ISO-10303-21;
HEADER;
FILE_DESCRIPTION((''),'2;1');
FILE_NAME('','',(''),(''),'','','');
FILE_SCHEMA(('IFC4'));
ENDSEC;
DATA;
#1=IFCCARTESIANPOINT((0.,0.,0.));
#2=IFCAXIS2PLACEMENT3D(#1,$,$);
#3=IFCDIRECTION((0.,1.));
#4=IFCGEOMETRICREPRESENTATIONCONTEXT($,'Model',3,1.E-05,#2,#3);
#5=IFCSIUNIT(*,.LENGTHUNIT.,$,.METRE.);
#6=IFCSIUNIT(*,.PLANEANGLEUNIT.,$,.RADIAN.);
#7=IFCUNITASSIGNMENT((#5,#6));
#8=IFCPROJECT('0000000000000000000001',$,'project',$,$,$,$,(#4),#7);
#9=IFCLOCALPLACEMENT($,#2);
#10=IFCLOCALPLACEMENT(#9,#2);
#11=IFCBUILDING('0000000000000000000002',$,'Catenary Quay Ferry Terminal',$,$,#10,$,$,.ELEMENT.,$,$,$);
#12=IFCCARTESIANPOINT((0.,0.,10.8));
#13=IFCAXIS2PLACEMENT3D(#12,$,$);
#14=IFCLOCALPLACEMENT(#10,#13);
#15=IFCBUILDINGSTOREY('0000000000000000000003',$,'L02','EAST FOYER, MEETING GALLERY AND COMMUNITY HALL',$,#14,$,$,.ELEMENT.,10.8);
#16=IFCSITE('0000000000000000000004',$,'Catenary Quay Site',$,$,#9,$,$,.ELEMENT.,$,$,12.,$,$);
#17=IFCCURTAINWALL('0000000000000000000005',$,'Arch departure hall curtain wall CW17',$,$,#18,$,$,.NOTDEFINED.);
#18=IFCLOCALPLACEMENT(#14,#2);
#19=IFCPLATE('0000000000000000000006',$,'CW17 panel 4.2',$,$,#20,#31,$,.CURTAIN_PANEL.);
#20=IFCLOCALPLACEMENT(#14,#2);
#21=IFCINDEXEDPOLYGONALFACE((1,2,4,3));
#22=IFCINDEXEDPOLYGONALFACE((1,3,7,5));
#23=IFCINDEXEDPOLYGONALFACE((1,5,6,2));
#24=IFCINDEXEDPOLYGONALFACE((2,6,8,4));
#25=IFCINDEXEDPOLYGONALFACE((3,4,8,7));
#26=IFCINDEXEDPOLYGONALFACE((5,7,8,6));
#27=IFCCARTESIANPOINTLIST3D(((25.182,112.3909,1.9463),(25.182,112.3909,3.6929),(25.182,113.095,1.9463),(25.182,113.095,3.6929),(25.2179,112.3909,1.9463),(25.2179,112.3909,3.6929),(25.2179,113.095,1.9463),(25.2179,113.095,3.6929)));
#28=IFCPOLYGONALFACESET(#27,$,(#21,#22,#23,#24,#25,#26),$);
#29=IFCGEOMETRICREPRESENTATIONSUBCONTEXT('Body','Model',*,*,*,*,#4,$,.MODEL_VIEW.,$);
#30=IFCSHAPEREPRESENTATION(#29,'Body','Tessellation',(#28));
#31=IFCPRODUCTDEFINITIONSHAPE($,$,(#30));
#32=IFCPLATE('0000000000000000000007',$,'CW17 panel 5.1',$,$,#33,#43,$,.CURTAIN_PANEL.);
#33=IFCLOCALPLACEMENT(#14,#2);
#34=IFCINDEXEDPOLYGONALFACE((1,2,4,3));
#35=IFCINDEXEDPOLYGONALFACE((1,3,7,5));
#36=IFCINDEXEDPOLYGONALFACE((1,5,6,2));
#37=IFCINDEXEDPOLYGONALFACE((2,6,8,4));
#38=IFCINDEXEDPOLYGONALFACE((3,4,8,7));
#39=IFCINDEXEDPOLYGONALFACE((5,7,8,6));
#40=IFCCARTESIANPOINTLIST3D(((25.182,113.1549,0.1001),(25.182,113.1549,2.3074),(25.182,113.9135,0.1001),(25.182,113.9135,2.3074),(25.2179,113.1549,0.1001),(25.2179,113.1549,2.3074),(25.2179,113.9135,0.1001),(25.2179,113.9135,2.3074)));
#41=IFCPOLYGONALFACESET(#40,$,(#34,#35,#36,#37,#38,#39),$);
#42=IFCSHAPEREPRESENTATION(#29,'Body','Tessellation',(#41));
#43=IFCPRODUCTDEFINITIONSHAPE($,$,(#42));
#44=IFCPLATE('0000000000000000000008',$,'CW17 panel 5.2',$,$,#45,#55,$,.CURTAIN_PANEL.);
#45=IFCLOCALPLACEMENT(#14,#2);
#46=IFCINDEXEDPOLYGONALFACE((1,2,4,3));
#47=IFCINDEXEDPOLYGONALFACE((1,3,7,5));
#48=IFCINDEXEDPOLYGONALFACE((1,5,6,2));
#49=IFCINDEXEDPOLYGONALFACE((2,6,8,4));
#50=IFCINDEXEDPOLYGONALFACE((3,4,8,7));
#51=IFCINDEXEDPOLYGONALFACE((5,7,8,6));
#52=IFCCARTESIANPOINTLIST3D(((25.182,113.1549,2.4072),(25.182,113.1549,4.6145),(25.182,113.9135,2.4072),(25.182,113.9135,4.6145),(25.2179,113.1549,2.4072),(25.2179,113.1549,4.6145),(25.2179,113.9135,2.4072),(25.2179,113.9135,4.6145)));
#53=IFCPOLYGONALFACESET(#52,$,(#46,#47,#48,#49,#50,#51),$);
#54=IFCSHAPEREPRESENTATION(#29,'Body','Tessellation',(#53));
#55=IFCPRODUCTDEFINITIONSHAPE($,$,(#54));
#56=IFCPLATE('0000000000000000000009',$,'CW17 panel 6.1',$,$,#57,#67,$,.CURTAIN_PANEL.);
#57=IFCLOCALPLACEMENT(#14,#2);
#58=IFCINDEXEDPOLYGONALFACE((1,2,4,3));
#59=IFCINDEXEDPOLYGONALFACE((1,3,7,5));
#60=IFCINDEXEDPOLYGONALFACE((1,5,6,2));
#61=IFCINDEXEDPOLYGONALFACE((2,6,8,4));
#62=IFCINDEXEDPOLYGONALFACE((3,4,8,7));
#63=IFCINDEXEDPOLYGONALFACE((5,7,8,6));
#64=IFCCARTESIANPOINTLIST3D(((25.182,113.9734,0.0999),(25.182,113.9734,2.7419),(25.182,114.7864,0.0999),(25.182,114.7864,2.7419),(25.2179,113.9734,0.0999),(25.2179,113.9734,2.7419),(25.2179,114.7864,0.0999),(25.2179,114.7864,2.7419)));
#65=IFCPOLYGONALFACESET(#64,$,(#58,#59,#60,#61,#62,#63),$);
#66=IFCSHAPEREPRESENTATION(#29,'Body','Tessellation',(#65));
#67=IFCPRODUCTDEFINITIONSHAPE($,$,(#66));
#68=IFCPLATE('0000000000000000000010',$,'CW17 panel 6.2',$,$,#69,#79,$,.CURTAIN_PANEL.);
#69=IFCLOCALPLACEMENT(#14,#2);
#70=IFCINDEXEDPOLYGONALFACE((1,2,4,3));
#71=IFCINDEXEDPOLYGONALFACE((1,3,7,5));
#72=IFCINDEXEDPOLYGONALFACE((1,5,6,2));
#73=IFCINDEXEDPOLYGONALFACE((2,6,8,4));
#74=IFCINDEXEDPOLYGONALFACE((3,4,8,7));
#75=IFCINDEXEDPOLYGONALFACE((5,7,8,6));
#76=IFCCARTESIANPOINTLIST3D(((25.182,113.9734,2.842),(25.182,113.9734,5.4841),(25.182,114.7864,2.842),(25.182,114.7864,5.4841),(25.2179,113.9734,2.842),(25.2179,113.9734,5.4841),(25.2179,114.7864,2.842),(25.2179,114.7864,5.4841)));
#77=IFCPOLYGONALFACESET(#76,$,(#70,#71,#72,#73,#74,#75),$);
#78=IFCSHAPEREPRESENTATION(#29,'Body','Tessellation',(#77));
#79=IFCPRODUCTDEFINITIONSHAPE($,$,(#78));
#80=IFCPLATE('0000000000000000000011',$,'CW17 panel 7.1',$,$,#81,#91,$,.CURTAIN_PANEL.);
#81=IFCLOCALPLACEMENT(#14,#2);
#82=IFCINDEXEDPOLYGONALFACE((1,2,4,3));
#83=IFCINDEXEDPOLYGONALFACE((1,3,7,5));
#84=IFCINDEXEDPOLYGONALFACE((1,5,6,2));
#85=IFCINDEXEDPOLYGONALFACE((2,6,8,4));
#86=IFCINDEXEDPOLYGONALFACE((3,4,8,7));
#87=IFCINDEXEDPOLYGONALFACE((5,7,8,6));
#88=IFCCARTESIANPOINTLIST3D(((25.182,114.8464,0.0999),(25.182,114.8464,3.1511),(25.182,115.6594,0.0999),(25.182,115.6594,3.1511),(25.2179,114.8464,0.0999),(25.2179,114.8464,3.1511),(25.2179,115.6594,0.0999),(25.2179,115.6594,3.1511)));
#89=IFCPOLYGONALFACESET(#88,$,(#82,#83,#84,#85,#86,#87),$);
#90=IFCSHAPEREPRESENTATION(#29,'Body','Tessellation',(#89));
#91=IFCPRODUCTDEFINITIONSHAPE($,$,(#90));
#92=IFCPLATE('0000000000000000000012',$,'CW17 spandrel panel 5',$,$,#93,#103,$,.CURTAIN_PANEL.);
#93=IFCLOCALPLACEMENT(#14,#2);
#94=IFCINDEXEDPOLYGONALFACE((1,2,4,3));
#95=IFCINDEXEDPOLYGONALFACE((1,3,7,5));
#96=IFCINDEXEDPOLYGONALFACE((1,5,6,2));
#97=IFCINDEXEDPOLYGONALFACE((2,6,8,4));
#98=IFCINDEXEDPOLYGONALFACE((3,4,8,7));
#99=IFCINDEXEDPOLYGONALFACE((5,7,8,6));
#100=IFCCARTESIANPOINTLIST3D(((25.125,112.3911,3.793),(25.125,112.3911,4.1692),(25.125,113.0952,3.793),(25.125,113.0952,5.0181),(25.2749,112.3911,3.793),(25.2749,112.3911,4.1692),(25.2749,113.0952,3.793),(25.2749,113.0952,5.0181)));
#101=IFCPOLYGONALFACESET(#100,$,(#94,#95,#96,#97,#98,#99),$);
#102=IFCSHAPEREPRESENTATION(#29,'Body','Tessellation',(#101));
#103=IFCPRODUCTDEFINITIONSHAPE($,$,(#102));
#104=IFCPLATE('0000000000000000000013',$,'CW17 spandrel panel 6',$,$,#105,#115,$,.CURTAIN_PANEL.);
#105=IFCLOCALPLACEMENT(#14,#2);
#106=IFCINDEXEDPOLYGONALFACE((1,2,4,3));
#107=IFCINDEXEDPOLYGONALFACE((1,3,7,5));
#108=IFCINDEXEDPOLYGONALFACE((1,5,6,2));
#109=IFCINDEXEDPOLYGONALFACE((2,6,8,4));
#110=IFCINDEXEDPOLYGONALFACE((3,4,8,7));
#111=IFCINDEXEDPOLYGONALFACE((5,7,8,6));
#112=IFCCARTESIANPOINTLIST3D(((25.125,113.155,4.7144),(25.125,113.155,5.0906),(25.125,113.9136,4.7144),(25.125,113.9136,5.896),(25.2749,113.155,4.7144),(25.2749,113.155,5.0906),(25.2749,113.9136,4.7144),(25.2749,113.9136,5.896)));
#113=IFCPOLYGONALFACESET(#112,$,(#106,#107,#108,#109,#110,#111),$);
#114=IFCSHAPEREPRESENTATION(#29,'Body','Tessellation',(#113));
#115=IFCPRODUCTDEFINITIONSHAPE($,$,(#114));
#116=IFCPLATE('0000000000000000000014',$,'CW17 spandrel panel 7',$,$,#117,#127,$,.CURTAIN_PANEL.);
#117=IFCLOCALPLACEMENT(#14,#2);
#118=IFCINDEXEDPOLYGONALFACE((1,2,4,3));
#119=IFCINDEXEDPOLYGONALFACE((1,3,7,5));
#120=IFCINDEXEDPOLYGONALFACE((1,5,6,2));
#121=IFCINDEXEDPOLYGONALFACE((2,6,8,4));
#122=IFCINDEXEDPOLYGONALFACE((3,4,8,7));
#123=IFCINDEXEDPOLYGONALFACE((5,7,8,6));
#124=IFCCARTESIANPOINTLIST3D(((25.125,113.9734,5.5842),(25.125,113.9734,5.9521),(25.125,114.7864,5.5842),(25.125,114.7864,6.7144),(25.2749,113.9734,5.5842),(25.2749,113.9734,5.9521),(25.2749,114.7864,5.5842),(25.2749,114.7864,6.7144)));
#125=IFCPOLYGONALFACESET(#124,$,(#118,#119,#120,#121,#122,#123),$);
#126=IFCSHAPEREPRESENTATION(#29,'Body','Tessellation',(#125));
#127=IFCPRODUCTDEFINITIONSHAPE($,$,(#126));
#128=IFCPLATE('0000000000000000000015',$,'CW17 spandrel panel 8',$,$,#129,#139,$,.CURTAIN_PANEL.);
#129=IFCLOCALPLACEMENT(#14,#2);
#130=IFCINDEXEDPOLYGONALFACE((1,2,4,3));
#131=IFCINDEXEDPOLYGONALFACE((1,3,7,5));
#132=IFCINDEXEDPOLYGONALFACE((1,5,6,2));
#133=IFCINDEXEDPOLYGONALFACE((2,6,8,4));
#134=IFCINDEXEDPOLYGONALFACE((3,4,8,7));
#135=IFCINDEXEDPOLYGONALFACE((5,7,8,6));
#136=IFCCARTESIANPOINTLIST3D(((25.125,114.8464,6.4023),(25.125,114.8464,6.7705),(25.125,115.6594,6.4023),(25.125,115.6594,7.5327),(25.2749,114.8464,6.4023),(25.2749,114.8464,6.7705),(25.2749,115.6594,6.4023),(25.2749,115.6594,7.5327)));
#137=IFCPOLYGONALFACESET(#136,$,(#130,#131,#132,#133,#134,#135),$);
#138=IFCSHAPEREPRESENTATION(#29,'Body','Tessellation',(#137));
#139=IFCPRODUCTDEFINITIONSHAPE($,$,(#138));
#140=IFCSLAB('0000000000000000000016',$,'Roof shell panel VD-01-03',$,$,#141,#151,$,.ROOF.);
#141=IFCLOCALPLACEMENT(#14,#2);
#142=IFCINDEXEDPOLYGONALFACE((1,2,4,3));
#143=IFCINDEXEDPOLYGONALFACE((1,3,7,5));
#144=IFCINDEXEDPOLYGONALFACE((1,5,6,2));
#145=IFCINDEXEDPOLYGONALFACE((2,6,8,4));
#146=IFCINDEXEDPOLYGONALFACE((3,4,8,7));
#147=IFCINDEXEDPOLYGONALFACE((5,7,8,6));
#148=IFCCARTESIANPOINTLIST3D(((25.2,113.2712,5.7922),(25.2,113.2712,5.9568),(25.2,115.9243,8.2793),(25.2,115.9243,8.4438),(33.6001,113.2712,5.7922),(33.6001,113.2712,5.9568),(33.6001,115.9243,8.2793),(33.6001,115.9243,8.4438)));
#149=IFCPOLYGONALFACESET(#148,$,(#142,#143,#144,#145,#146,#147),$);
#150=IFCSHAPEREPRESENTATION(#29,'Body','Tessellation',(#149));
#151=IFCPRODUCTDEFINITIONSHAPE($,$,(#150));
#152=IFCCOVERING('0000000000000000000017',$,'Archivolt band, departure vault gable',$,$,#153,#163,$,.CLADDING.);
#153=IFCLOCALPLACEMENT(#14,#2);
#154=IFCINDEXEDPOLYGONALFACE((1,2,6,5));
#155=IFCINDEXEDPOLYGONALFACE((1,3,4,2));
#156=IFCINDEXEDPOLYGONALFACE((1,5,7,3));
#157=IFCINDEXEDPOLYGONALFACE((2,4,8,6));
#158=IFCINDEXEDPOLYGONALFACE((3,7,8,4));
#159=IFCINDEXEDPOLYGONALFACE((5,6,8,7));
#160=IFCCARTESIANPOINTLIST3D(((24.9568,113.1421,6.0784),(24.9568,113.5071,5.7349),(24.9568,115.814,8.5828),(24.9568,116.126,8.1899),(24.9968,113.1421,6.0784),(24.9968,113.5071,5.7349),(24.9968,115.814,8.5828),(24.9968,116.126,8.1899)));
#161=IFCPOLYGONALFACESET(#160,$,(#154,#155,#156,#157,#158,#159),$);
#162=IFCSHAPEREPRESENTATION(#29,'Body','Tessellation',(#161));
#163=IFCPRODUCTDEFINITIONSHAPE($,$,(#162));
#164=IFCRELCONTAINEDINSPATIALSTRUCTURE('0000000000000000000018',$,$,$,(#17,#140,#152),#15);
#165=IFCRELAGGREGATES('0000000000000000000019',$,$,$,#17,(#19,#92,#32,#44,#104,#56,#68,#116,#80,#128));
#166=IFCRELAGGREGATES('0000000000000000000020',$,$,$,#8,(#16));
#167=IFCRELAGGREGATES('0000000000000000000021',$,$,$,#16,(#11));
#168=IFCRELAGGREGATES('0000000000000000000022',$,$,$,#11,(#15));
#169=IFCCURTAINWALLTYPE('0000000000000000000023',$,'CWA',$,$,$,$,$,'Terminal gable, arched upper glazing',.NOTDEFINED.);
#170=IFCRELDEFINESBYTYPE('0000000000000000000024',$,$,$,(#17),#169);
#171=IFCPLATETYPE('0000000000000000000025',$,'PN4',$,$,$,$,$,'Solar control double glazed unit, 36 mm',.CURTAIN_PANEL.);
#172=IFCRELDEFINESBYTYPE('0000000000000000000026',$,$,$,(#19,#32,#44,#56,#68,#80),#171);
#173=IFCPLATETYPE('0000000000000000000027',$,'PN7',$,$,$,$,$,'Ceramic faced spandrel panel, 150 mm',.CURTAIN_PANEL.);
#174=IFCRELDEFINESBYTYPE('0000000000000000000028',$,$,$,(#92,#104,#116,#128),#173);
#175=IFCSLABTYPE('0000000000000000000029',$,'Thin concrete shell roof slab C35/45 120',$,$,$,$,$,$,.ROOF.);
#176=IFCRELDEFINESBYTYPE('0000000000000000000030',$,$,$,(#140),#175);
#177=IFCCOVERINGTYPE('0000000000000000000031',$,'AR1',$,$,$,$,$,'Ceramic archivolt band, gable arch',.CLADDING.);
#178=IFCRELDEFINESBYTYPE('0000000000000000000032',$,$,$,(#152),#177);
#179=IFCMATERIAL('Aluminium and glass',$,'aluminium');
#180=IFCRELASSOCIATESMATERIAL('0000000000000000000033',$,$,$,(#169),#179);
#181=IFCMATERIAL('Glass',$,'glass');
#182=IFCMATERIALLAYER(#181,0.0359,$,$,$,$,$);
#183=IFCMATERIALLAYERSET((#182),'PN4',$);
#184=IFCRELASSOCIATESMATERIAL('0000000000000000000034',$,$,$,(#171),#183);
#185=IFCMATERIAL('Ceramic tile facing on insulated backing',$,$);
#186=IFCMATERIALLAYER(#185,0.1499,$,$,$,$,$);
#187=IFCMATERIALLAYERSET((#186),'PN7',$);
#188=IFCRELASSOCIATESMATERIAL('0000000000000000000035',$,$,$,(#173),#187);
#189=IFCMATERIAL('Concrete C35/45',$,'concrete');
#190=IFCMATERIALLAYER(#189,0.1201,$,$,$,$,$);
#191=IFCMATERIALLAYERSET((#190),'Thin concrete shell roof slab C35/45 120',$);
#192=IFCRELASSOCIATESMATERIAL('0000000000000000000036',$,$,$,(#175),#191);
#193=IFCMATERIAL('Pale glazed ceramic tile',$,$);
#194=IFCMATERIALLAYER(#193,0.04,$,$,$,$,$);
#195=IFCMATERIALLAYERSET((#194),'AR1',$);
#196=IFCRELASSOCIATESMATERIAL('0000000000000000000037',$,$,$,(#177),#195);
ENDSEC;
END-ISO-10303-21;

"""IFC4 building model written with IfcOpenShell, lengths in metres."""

from ifc_helpers import new_model, si_unit, direction, frame, origin, origin_2d, place, context, subcontext, project, spatial, polyline, rectangle, outline, extrude, material, layer, layer_set, type_object, element, aggregate, save


model = new_model("IFC4")

# Units and contexts
model_context = context("Model", 3, precision=1e-05, world=origin(), true_north=direction((0.0, 1.0)))
body_context = subcontext(model_context, "Body", "Model", "MODEL_VIEW")
ifc_project = project(units=[si_unit("LENGTHUNIT", "METRE"), si_unit("PLANEANGLEUNIT", "RADIAN")], contexts=[model_context])

# Site, building, storey
site_placement = place(None, origin())
site = spatial("IfcSite", under=ifc_project, at=site_placement, Name="Catenary Quay Site", CompositionType="ELEMENT", RefElevation=12.0)
building_placement = place(site_placement, origin())
building = spatial("IfcBuilding", under=site, at=building_placement, Name="Catenary Quay Ferry Terminal", CompositionType="ELEMENT")
storey_placement = place(building_placement, frame((0.0, 0.0, 10.8)))
storey = spatial("IfcBuildingStorey", under=building, at=storey_placement, Name="L02", Description="EAST FOYER, MEETING GALLERY AND COMMUNITY HALL", CompositionType="ELEMENT", Elevation=10.8)

# Curtain wall
ifc_material_1 = material(Name="Aluminium and glass", Category="aluminium")
curtain_wall_type = type_object("IfcCurtainWallType", Name="CWA", ElementType="Terminal gable, arched upper glazing", PredefinedType="NOTDEFINED", material=ifc_material_1)
curtain_wall_placement = place(storey_placement, origin())
curtain_wall = element("IfcCurtainWall", 1, at=curtain_wall_placement, inside=storey, type_object=curtain_wall_type, Name="Arch departure hall curtain wall CW17", PredefinedType="NOTDEFINED")

# Plates
ifc_material_2 = material(Name="Glass", Category="glass")
ifc_layer_1 = layer(ifc_material_2, 0.0359)
ifc_layer_set_1 = layer_set([ifc_layer_1], Name="PN4")
plate_type_1 = type_object("IfcPlateType", Name="PN4", ElementType="Solar control double glazed unit, 36 mm", PredefinedType="CURTAIN_PANEL", material=ifc_layer_set_1)
plate_1_placement = place(storey_placement, frame((25.2, 112.7429, 1.9463), z_axis=(0.0, 0.0, 1.0), x_axis=(0.0, 1.0, 0.0)))
plate_1 = element("IfcPlate", 2, at=plate_1_placement, type_object=plate_type_1, Name="CW17 panel 4.2", PredefinedType="CURTAIN_PANEL", context=body_context, shape_type="SweptSolid", body=[
    extrude(rectangle(XDim=0.7041, YDim=0.0359, at=origin_2d()), origin(), (0.0, 0.0, 1.0), 1.7466),
])
plate_2_placement = place(storey_placement, frame((25.2, 113.5342, 0.1001), z_axis=(0.0, 0.0, 1.0), x_axis=(0.0, 1.0, 0.0)))
plate_2 = element("IfcPlate", 3, at=plate_2_placement, type_object=plate_type_1, Name="CW17 panel 5.1", PredefinedType="CURTAIN_PANEL", context=body_context, shape_type="SweptSolid", body=[
    extrude(rectangle(XDim=0.7585, YDim=0.0359, at=origin_2d()), origin(), (0.0, 0.0, 1.0), 2.2073),
])
plate_3_placement = place(storey_placement, frame((25.2, 113.5342, 2.4072), z_axis=(0.0, 0.0, 1.0), x_axis=(0.0, 1.0, 0.0)))
plate_3 = element("IfcPlate", 4, at=plate_3_placement, type_object=plate_type_1, Name="CW17 panel 5.2", PredefinedType="CURTAIN_PANEL", context=body_context, shape_type="SweptSolid", body=[
    extrude(rectangle(XDim=0.7585, YDim=0.0359, at=origin_2d()), origin(), (0.0, 0.0, 1.0), 2.2073),
])
plate_4_placement = place(storey_placement, frame((25.2, 114.3799, 0.0999), z_axis=(0.0, 0.0, 1.0), x_axis=(0.0, 1.0, 0.0)))
plate_4 = element("IfcPlate", 5, at=plate_4_placement, type_object=plate_type_1, Name="CW17 panel 6.1", PredefinedType="CURTAIN_PANEL", context=body_context, shape_type="SweptSolid", body=[
    extrude(rectangle(XDim=0.813, YDim=0.0359, at=origin_2d()), origin(), (0.0, 0.0, 1.0), 2.6421),
])
plate_5_placement = place(storey_placement, frame((25.2, 114.3799, 2.842), z_axis=(0.0, 0.0, 1.0), x_axis=(0.0, 1.0, 0.0)))
plate_5 = element("IfcPlate", 6, at=plate_5_placement, type_object=plate_type_1, Name="CW17 panel 6.2", PredefinedType="CURTAIN_PANEL", context=body_context, shape_type="SweptSolid", body=[
    extrude(rectangle(XDim=0.813, YDim=0.0359, at=origin_2d()), origin(), (0.0, 0.0, 1.0), 2.6421),
])
plate_6_placement = place(storey_placement, frame((25.2, 115.2529, 0.0999), z_axis=(0.0, 0.0, 1.0), x_axis=(0.0, 1.0, 0.0)))
plate_6 = element("IfcPlate", 7, at=plate_6_placement, type_object=plate_type_1, Name="CW17 panel 7.1", PredefinedType="CURTAIN_PANEL", context=body_context, shape_type="SweptSolid", body=[
    extrude(rectangle(XDim=0.813, YDim=0.0359, at=origin_2d()), origin(), (0.0, 0.0, 1.0), 3.0513),
])
ifc_material_3 = material(Name="Ceramic tile facing on insulated backing")
ifc_layer_2 = layer(ifc_material_3, 0.1499)
ifc_layer_set_2 = layer_set([ifc_layer_2], Name="PN7")
plate_type_2 = type_object("IfcPlateType", Name="PN7", ElementType="Ceramic faced spandrel panel, 150 mm", PredefinedType="CURTAIN_PANEL", material=ifc_layer_set_2)
plate_7_placement = place(storey_placement, frame((25.2, 112.3911, 3.793), z_axis=(0.0, 0.0, 1.0), x_axis=(0.0, 1.0, 0.0)))
plate_7 = element("IfcPlate", 8, at=plate_7_placement, type_object=plate_type_2, Name="CW17 spandrel panel 5", PredefinedType="CURTAIN_PANEL", context=body_context, shape_type="SweptSolid", body=[
    extrude(outline(polyline([(0.0, 0.0), (0.7041, 0.0), (0.7041, 1.2251), (0.0, 0.3762), (0.0, 0.0)])), frame((0.0, 0.075, 0.0), z_axis=(0.0, -1.0, 0.0), x_axis=(1.0, 0.0, 0.0)), (0.0, 0.0, 1.0), 0.1499),
])
plate_8_placement = place(storey_placement, frame((25.2, 113.155, 4.7144), z_axis=(0.0, 0.0, 1.0), x_axis=(0.0, 1.0, 0.0)))
plate_8 = element("IfcPlate", 9, at=plate_8_placement, type_object=plate_type_2, Name="CW17 spandrel panel 6", PredefinedType="CURTAIN_PANEL", context=body_context, shape_type="SweptSolid", body=[
    extrude(outline(polyline([(0.0, 0.0), (0.7585, 0.0), (0.7585, 1.1816), (0.0, 0.3762), (0.0, 0.0)])), frame((0.0, 0.075, 0.0), z_axis=(0.0, -1.0, 0.0), x_axis=(1.0, 0.0, 0.0)), (0.0, 0.0, 1.0), 0.1499),
])
plate_9_placement = place(storey_placement, frame((25.2, 113.9734, 5.5842), z_axis=(0.0, 0.0, 1.0), x_axis=(0.0, 1.0, 0.0)))
plate_9 = element("IfcPlate", 10, at=plate_9_placement, type_object=plate_type_2, Name="CW17 spandrel panel 7", PredefinedType="CURTAIN_PANEL", context=body_context, shape_type="SweptSolid", body=[
    extrude(outline(polyline([(0.0, 0.0), (0.813, 0.0), (0.813, 1.1301), (0.0, 0.3679), (0.0, 0.0)])), frame((0.0, 0.075, 0.0), z_axis=(0.0, -1.0, 0.0), x_axis=(1.0, 0.0, 0.0)), (0.0, 0.0, 1.0), 0.1499),
])
plate_10_placement = place(storey_placement, frame((25.2, 114.8464, 6.4023), z_axis=(0.0, 0.0, 1.0), x_axis=(0.0, 1.0, 0.0)))
plate_10 = element("IfcPlate", 11, at=plate_10_placement, type_object=plate_type_2, Name="CW17 spandrel panel 8", PredefinedType="CURTAIN_PANEL", context=body_context, shape_type="SweptSolid", body=[
    extrude(outline(polyline([(0.0, 0.0), (0.813, 0.0), (0.813, 1.1304), (0.0, 0.3682), (0.0, 0.0)])), frame((0.0, 0.075, 0.0), z_axis=(0.0, -1.0, 0.0), x_axis=(1.0, 0.0, 0.0)), (0.0, 0.0, 1.0), 0.1499),
])
aggregate(curtain_wall, [plate_1, plate_7, plate_2, plate_3, plate_8, plate_4, plate_5, plate_9, plate_6, plate_10])

# Slab
ifc_material_4 = material(Name="Concrete C35/45", Category="concrete")
ifc_layer_3 = layer(ifc_material_4, 0.1201)
ifc_layer_set_3 = layer_set([ifc_layer_3], Name="Thin concrete shell roof slab C35/45 120")
slab_type = type_object("IfcSlabType", Name="Thin concrete shell roof slab C35/45 120", PredefinedType="ROOF", material=ifc_layer_set_3)
slab_placement = place(storey_placement, frame((25.2, 113.2712, 5.9568), z_axis=(0.0, -0.683912, 0.729564), x_axis=(1.0, 0.0, 0.0)))
element("IfcSlab", 12, at=slab_placement, inside=storey, type_object=slab_type, Name="Roof shell panel VD-01-03", PredefinedType="ROOF", context=body_context, shape_type="SweptSolid", body=[
    extrude(outline(polyline([(0.0, 0.0), (8.4001, 0.0), (8.4001, 3.6365), (0.0, 3.6365), (0.0, 0.0)])), origin(), (0.0, -0.683912, -0.729564), 0.1646),
])

# Covering
ifc_material_5 = material(Name="Pale glazed ceramic tile")
ifc_layer_4 = layer(ifc_material_5, 0.04)
ifc_layer_set_4 = layer_set([ifc_layer_4], Name="AR1")
covering_type = type_object("IfcCoveringType", Name="AR1", ElementType="Ceramic archivolt band, gable arch", PredefinedType="CLADDING", material=ifc_layer_set_4)
covering_placement = place(storey_placement, frame((24.9968, 113.5071, 5.7349), z_axis=(1.0, 0.0, 0.0), x_axis=(0.0, 0.729556, 0.683921)))
element("IfcCovering", 13, at=covering_placement, inside=storey, type_object=covering_type, Name="Archivolt band, departure vault gable", PredefinedType="CLADDING", context=body_context, shape_type="SweptSolid", body=[
    extrude(outline(polyline([(0.0, 0.0), (3.5897, 0.0), (3.6307, 0.5), (-0.0314, 0.5002), (0.0, 0.0)])), origin(), (0.0, 0.0, -1.0), 0.04),
])

save(model, "model.ifc")
